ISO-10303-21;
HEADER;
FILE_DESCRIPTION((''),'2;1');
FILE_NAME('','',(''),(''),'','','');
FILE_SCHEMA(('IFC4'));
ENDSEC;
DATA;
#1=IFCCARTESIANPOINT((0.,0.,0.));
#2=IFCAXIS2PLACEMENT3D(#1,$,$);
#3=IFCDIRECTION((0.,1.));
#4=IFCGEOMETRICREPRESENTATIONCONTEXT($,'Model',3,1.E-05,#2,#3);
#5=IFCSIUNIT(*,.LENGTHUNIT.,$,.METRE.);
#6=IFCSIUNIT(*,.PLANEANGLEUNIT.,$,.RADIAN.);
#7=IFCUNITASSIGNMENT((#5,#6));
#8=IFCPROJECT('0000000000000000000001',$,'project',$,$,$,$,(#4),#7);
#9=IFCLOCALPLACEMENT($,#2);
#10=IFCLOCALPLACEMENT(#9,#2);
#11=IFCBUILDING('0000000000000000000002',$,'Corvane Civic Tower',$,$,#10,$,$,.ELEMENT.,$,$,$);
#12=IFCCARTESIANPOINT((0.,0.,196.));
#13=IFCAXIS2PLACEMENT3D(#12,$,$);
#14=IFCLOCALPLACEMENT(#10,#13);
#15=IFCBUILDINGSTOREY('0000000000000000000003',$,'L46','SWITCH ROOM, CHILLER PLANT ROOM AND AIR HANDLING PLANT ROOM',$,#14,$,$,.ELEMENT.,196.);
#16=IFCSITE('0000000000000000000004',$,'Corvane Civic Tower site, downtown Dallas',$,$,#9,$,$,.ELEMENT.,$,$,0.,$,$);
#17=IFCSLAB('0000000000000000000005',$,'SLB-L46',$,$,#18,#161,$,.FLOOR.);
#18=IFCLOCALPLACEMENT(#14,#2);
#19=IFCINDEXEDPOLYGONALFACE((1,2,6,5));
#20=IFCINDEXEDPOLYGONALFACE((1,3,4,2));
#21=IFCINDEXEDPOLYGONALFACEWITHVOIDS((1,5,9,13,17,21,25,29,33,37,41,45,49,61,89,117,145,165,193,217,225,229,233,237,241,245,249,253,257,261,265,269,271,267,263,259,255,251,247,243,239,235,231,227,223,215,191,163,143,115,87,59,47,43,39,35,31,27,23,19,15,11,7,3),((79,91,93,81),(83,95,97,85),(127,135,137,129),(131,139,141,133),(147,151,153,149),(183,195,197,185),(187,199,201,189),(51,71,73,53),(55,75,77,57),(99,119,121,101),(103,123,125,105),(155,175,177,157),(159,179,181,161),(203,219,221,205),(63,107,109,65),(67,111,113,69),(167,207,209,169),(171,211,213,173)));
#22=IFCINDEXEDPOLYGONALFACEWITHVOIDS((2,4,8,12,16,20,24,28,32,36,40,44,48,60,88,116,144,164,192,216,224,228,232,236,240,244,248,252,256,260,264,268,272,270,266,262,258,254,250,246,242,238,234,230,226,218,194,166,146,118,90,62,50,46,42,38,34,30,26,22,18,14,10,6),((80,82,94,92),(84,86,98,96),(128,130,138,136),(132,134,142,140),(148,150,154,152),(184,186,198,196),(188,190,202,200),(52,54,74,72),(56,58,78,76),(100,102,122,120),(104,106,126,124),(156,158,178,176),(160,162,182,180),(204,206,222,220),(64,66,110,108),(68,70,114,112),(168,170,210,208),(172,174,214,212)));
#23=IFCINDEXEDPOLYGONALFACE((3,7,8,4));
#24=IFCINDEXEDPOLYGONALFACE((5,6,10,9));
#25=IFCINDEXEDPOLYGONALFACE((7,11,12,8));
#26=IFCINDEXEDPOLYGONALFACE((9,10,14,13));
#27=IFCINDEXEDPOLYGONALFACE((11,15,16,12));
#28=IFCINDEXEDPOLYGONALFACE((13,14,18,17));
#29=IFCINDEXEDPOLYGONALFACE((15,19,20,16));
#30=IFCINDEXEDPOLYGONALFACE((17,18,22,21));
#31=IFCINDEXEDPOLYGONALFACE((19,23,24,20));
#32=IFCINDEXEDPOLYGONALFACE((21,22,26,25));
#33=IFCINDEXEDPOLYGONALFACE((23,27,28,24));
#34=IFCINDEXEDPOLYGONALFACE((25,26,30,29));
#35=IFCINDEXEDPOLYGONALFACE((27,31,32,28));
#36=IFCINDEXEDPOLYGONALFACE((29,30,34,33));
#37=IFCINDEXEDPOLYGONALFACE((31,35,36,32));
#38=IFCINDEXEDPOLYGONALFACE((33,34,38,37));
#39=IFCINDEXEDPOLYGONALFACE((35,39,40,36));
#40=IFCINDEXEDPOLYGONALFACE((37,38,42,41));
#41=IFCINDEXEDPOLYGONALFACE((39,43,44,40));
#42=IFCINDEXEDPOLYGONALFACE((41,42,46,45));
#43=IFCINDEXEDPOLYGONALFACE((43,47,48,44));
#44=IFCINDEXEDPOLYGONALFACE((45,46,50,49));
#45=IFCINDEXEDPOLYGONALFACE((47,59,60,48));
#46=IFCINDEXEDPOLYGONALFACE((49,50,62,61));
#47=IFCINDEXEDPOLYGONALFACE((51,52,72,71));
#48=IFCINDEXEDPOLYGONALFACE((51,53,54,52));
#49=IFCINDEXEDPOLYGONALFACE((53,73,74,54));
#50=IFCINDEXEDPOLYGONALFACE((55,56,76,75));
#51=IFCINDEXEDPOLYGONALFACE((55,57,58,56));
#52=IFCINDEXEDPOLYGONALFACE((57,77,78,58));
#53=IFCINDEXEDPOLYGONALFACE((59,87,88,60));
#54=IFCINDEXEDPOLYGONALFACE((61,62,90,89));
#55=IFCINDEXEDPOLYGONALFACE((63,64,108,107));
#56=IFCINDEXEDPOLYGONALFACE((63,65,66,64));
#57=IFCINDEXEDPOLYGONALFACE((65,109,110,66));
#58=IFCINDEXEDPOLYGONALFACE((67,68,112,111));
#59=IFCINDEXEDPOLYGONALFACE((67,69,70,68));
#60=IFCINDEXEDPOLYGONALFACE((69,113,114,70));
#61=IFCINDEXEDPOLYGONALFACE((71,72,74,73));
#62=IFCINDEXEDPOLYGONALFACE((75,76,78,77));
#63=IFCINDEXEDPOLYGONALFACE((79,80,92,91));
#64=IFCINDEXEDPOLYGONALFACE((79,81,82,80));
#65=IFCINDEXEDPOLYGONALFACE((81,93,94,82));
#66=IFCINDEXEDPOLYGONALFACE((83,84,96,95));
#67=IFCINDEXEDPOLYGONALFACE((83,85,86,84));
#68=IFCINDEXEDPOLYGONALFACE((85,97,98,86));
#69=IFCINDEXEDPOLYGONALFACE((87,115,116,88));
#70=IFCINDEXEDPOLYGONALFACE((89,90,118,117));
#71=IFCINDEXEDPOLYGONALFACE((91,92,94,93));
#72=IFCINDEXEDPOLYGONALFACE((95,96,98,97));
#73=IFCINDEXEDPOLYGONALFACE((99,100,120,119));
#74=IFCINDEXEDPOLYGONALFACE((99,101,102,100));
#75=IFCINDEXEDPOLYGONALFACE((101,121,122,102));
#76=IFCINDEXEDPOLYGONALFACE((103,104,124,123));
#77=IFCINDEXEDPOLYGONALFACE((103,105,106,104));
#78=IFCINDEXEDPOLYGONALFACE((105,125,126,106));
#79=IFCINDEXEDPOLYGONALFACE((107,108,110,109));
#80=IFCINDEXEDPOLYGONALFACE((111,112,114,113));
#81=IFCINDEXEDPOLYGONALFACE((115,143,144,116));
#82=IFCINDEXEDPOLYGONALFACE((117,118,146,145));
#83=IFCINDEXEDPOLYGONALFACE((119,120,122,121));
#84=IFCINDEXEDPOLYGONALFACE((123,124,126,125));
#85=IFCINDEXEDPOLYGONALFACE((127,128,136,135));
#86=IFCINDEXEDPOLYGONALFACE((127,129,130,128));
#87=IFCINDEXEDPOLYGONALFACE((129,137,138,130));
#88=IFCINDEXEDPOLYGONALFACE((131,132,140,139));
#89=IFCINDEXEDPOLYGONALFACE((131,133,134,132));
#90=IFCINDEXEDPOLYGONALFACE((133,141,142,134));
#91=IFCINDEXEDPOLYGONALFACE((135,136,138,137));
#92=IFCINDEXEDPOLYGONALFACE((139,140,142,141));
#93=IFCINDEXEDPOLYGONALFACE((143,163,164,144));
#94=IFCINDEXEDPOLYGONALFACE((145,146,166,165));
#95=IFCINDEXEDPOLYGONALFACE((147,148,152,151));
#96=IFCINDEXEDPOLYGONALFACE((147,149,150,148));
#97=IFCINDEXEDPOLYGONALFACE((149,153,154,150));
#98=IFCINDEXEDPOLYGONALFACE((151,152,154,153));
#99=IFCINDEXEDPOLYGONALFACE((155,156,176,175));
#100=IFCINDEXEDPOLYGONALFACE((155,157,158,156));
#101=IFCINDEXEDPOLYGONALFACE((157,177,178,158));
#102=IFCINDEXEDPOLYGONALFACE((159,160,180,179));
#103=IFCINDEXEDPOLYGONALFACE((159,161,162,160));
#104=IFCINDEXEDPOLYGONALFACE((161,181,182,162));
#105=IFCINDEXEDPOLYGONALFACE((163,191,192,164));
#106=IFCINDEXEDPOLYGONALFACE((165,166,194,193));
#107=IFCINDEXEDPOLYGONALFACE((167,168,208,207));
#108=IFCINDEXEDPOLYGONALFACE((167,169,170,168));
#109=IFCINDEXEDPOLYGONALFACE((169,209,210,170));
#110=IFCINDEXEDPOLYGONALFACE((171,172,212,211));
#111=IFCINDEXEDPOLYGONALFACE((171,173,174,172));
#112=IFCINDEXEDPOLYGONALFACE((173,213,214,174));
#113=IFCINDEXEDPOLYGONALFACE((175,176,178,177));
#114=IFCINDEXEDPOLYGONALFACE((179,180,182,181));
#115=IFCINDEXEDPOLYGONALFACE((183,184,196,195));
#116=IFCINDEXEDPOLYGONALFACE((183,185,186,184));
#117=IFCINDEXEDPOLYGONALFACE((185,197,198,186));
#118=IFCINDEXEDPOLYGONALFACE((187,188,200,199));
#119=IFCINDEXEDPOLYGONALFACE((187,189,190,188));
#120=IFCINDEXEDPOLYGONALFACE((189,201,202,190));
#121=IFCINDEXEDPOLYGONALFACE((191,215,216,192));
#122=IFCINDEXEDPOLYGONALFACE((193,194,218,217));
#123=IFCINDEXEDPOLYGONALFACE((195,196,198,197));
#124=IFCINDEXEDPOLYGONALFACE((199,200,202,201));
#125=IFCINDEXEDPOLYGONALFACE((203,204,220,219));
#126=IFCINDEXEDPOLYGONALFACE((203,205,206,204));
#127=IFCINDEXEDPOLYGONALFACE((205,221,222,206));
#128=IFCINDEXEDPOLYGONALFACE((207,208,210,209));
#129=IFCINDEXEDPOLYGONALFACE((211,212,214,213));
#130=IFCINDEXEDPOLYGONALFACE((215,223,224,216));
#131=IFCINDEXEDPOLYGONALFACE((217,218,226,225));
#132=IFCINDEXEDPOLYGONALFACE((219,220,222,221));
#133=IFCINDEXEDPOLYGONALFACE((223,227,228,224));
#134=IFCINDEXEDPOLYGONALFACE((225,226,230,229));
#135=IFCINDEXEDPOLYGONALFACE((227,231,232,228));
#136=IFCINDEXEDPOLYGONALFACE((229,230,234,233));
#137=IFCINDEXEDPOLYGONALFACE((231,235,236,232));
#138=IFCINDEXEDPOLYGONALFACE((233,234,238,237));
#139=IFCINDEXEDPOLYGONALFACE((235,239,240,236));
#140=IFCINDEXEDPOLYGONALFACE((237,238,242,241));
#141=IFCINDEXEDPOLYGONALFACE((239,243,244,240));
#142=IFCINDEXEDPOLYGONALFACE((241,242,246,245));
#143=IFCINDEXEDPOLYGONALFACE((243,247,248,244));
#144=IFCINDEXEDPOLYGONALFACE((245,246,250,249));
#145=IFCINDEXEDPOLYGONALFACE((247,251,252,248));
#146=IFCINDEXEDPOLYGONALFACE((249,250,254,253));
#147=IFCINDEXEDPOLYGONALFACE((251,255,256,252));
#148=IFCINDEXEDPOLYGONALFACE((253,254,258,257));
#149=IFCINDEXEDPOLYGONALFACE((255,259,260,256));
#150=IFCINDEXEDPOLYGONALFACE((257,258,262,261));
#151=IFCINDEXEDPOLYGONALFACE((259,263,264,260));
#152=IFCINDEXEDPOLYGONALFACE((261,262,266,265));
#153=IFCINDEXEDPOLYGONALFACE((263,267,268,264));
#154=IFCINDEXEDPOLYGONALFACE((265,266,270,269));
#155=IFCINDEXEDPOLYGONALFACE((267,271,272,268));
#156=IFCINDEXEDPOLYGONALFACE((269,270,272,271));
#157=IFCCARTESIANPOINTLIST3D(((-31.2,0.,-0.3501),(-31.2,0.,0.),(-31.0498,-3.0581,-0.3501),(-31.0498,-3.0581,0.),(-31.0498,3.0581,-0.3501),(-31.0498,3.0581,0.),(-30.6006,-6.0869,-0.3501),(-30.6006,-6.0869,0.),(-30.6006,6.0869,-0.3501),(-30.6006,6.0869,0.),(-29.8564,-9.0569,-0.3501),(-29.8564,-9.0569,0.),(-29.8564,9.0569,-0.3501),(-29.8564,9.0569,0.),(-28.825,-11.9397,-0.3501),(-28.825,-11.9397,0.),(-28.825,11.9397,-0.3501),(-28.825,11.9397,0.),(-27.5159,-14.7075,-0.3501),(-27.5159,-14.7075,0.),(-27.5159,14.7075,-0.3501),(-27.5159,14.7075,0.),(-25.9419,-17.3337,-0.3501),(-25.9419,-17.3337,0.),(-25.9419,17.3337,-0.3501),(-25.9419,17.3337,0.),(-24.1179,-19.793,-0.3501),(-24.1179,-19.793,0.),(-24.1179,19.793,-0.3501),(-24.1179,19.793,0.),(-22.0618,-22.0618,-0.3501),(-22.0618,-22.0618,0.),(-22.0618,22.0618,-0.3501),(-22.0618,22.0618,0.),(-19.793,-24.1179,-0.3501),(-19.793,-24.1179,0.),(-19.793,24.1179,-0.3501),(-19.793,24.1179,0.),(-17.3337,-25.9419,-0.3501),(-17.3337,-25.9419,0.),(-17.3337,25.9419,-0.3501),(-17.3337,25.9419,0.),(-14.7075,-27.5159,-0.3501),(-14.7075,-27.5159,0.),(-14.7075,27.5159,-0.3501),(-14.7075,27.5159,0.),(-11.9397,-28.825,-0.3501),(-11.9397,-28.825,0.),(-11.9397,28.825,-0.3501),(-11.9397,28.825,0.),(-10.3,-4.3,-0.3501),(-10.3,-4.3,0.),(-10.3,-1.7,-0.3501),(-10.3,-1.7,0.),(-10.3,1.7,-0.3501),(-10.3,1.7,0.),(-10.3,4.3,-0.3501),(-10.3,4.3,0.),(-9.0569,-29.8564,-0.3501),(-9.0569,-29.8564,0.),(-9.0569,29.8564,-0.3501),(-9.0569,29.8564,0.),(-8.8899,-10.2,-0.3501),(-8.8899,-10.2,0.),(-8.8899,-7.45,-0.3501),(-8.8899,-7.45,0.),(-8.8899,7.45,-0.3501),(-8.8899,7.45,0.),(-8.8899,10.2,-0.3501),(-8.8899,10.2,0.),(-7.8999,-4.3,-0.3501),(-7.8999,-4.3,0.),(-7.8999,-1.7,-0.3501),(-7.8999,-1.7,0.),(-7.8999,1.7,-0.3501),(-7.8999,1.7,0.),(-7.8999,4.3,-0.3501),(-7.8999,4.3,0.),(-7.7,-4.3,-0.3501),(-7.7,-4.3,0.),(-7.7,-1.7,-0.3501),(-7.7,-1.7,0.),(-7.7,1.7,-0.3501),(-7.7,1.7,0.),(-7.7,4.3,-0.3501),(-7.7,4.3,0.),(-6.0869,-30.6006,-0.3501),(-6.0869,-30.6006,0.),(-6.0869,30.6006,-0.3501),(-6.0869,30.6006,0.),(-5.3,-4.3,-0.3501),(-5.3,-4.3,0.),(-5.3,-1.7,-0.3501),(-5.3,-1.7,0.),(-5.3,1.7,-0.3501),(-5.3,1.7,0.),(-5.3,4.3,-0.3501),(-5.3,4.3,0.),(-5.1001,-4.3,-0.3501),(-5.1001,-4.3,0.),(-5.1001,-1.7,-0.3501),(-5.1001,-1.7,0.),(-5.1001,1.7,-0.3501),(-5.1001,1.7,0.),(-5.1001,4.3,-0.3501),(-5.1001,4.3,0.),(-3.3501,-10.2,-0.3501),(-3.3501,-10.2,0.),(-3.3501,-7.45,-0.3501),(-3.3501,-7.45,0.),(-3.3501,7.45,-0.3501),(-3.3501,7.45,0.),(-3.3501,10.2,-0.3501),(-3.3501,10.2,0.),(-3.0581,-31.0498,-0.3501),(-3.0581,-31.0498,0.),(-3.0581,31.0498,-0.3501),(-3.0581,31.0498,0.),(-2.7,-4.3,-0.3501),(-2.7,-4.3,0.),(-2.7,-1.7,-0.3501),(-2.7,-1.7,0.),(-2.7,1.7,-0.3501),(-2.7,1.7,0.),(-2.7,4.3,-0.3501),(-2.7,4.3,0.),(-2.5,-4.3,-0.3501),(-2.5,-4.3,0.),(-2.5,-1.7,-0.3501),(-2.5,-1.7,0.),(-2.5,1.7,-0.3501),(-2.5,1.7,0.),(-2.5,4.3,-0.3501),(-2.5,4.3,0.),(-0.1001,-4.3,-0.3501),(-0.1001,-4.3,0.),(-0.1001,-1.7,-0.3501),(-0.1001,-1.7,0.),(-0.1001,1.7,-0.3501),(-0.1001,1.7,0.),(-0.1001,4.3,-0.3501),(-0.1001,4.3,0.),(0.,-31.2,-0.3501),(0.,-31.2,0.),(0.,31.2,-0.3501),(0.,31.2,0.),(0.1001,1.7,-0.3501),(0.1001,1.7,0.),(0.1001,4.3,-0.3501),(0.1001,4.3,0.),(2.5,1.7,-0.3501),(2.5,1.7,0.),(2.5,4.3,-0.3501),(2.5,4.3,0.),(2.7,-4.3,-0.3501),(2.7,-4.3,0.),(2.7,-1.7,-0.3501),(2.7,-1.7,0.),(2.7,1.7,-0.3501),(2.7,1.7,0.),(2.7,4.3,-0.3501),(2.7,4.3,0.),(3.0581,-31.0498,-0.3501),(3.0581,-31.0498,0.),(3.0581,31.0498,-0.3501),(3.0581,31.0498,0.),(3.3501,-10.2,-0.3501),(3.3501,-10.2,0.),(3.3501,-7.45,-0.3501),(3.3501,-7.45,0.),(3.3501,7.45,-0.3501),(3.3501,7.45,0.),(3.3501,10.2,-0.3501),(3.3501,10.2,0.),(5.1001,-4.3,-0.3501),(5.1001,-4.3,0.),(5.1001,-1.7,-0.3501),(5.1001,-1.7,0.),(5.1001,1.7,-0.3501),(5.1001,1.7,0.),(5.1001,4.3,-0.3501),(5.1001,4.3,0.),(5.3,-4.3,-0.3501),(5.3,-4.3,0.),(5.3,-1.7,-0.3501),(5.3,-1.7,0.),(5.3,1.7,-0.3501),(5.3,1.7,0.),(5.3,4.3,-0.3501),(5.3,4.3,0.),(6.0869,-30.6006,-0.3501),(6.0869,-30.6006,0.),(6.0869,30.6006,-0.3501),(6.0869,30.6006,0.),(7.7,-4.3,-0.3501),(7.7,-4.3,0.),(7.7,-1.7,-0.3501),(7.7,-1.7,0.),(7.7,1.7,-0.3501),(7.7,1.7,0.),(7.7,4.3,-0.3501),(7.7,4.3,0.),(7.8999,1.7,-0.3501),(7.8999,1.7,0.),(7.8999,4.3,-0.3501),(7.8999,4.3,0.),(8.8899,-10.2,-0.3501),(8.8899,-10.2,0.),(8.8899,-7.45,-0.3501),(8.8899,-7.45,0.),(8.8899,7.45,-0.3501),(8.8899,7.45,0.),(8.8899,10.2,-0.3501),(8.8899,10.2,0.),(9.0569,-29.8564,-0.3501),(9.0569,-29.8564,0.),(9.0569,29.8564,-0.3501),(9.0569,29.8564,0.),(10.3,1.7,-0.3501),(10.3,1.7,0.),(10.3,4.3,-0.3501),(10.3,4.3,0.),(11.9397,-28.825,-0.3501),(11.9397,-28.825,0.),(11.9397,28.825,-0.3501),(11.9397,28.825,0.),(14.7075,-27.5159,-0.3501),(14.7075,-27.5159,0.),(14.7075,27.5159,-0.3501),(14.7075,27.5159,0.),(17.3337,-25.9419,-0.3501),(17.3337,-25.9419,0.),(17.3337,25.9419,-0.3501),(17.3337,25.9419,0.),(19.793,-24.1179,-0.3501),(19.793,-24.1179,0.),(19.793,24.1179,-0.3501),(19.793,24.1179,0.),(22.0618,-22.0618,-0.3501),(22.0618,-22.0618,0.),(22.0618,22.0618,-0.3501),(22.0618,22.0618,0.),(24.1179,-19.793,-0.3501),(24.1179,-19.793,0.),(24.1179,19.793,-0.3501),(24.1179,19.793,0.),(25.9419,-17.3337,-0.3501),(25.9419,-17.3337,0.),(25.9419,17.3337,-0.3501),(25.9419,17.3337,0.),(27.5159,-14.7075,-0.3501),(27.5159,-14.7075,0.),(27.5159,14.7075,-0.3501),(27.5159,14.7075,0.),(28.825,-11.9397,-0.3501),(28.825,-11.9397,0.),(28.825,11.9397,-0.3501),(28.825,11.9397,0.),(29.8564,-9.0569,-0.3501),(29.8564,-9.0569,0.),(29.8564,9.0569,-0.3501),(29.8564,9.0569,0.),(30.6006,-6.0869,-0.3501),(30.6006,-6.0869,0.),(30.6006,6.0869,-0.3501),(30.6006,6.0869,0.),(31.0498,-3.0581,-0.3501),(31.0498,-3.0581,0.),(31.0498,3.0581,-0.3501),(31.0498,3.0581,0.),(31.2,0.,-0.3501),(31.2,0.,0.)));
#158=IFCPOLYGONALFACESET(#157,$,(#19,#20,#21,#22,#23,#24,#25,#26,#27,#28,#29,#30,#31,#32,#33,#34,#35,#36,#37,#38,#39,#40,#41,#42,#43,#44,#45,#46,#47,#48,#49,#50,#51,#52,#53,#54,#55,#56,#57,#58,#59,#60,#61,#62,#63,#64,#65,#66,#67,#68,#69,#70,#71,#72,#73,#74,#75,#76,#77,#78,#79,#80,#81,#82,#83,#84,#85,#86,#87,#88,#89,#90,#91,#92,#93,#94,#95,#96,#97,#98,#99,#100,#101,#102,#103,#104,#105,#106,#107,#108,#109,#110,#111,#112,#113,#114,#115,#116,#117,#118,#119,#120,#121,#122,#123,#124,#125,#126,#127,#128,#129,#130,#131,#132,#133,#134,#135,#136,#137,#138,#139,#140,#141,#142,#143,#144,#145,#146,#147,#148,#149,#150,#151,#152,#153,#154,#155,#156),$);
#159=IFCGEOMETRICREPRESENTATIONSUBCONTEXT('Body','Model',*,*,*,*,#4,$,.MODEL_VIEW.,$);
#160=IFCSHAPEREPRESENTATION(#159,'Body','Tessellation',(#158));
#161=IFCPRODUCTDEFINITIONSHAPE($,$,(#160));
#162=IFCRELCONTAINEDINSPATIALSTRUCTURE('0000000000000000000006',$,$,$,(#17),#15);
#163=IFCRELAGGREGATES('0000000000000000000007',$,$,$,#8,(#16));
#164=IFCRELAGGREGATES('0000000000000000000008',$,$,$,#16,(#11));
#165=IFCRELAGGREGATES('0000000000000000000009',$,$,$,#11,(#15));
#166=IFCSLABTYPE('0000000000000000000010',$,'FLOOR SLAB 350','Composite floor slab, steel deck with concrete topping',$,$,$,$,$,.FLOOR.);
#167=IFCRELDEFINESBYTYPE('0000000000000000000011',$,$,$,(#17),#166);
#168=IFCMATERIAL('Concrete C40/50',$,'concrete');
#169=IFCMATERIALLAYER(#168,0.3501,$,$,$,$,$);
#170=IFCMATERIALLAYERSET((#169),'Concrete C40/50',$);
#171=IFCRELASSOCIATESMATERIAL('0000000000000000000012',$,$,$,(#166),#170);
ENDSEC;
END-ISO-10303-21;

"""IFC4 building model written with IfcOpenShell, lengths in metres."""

from ifc_helpers import new_model, si_unit, direction, frame, origin, place, context, subcontext, project, spatial, polyline, outline, extrude, material, layer, layer_set, type_object, element, save


model = new_model("IFC4")

# Units and contexts
model_context = context("Model", 3, precision=1e-05, world=origin(), true_north=direction((0.0, 1.0)))
body_context = subcontext(model_context, "Body", "Model", "MODEL_VIEW")
ifc_project = project(units=[si_unit("LENGTHUNIT", "METRE"), si_unit("PLANEANGLEUNIT", "RADIAN")], contexts=[model_context])

# Site, building, storey
site_placement = place(None, origin())
site = spatial("IfcSite", under=ifc_project, at=site_placement, Name="Corvane Civic Tower site, downtown Dallas", CompositionType="ELEMENT", RefElevation=0.0)
building_placement = place(site_placement, origin())
building = spatial("IfcBuilding", under=site, at=building_placement, Name="Corvane Civic Tower", CompositionType="ELEMENT")
storey_placement = place(building_placement, frame((0.0, 0.0, 196.0)))
storey = spatial("IfcBuildingStorey", under=building, at=storey_placement, Name="L46", Description="SWITCH ROOM, CHILLER PLANT ROOM AND AIR HANDLING PLANT ROOM", CompositionType="ELEMENT", Elevation=196.0)

# Slab
ifc_material_1 = material(Name="Concrete C40/50", Category="concrete")
ifc_layer_1 = layer(ifc_material_1, 0.3501)
ifc_layer_set_1 = layer_set([ifc_layer_1], Name="Concrete C40/50")
slab_type_1 = type_object("IfcSlabType", Name="FLOOR SLAB 350", Description="Composite floor slab, steel deck with concrete topping", PredefinedType="FLOOR", material=ifc_layer_set_1)
slab_1_placement = place(storey_placement, frame((0.0, 0.0, -0.3501)))
element("IfcSlab", 1, at=slab_1_placement, inside=storey, type_object=slab_type_1, Name="SLB-L46", PredefinedType="FLOOR", context=body_context, shape_type="SweptSolid", body=[
    extrude(outline(polyline([(0.0, 31.2), (-3.0581, 31.0498), (-6.0869, 30.6006), (-9.0569, 29.8564), (-11.9397, 28.825), (-14.7075, 27.5159), (-17.3337, 25.9419), (-19.793, 24.1179), (-22.0618, 22.0618), (-24.1179, 19.793), (-25.9419, 17.3337), (-27.5159, 14.7075), (-28.825, 11.9397), (-29.8564, 9.0569), (-30.6006, 6.0869), (-31.0498, 3.0581), (-31.2, 0.0), (-31.0498, -3.0581), (-30.6006, -6.0869), (-29.8564, -9.0569), (-28.825, -11.9397), (-27.5159, -14.7075), (-25.9419, -17.3337), (-24.1179, -19.793), (-22.0618, -22.0618), (-19.793, -24.1179), (-17.3337, -25.9419), (-14.7075, -27.5159), (-11.9397, -28.825), (-9.0569, -29.8564), (-6.0869, -30.6006), (-3.0581, -31.0498), (0.0, -31.2), (3.0581, -31.0498), (6.0869, -30.6006), (9.0569, -29.8564), (11.9397, -28.825), (14.7075, -27.5159), (17.3337, -25.9419), (19.793, -24.1179), (22.0618, -22.0618), (24.1179, -19.793), (25.9419, -17.3337), (27.5159, -14.7075), (28.825, -11.9397), (29.8564, -9.0569), (30.6006, -6.0869), (31.0498, -3.0581), (31.2, 0.0), (31.0498, 3.0581), (30.6006, 6.0869), (29.8564, 9.0569), (28.825, 11.9397), (27.5159, 14.7075), (25.9419, 17.3337), (24.1179, 19.793), (22.0618, 22.0618), (19.793, 24.1179), (17.3337, 25.9419), (14.7075, 27.5159), (11.9397, 28.825), (9.0569, 29.8564), (6.0869, 30.6006), (3.0581, 31.0498), (0.0, 31.2)]), holes=[polyline([(-7.8999, 1.7), (-10.3, 1.7), (-10.3, 4.3), (-7.8999, 4.3), (-7.8999, 1.7)]), polyline([(-5.3, 1.7), (-7.7, 1.7), (-7.7, 4.3), (-5.3, 4.3), (-5.3, 1.7)]), polyline([(-2.7, 1.7), (-5.1001, 1.7), (-5.1001, 4.3), (-2.7, 4.3), (-2.7, 1.7)]), polyline([(-2.5, 4.3), (-0.1001, 4.3), (-0.1001, 1.7), (-2.5, 1.7), (-2.5, 4.3)]), polyline([(0.1001, 4.3), (2.5, 4.3), (2.5, 1.7), (0.1001, 1.7), (0.1001, 4.3)]), polyline([(2.7, 4.3), (5.1001, 4.3), (5.1001, 1.7), (2.7, 1.7), (2.7, 4.3)]), polyline([(5.3, 4.3), (7.7, 4.3), (7.7, 1.7), (5.3, 1.7), (5.3, 4.3)]), polyline([(7.8999, 4.3), (10.3, 4.3), (10.3, 1.7), (7.8999, 1.7), (7.8999, 4.3)]), polyline([(-10.3, -4.3), (-10.3, -1.7), (-7.8999, -1.7), (-7.8999, -4.3), (-10.3, -4.3)]), polyline([(-7.7, -4.3), (-7.7, -1.7), (-5.3, -1.7), (-5.3, -4.3), (-7.7, -4.3)]), polyline([(-5.1001, -4.3), (-5.1001, -1.7), (-2.7, -1.7), (-2.7, -4.3), (-5.1001, -4.3)]), polyline([(-0.1001, -1.7), (-0.1001, -4.3), (-2.5, -4.3), (-2.5, -1.7), (-0.1001, -1.7)]), polyline([(5.1001, -1.7), (5.1001, -4.3), (2.7, -4.3), (2.7, -1.7), (5.1001, -1.7)]), polyline([(7.7, -1.7), (7.7, -4.3), (5.3, -4.3), (5.3, -1.7), (7.7, -1.7)]), polyline([(8.8899, 10.2), (8.8899, 7.45), (3.3501, 7.45), (3.3501, 10.2), (8.8899, 10.2)]), polyline([(-8.8899, 7.45), (-8.8899, 10.2), (-3.3501, 10.2), (-3.3501, 7.45), (-8.8899, 7.45)]), polyline([(8.8899, -7.45), (8.8899, -10.2), (3.3501, -10.2), (3.3501, -7.45), (8.8899, -7.45)]), polyline([(-8.8899, -10.2), (-8.8899, -7.45), (-3.3501, -7.45), (-3.3501, -10.2), (-8.8899, -10.2)])]), origin(), (0.0, 0.0, 1.0), 0.3501),
])

save(model, "model.ifc")
